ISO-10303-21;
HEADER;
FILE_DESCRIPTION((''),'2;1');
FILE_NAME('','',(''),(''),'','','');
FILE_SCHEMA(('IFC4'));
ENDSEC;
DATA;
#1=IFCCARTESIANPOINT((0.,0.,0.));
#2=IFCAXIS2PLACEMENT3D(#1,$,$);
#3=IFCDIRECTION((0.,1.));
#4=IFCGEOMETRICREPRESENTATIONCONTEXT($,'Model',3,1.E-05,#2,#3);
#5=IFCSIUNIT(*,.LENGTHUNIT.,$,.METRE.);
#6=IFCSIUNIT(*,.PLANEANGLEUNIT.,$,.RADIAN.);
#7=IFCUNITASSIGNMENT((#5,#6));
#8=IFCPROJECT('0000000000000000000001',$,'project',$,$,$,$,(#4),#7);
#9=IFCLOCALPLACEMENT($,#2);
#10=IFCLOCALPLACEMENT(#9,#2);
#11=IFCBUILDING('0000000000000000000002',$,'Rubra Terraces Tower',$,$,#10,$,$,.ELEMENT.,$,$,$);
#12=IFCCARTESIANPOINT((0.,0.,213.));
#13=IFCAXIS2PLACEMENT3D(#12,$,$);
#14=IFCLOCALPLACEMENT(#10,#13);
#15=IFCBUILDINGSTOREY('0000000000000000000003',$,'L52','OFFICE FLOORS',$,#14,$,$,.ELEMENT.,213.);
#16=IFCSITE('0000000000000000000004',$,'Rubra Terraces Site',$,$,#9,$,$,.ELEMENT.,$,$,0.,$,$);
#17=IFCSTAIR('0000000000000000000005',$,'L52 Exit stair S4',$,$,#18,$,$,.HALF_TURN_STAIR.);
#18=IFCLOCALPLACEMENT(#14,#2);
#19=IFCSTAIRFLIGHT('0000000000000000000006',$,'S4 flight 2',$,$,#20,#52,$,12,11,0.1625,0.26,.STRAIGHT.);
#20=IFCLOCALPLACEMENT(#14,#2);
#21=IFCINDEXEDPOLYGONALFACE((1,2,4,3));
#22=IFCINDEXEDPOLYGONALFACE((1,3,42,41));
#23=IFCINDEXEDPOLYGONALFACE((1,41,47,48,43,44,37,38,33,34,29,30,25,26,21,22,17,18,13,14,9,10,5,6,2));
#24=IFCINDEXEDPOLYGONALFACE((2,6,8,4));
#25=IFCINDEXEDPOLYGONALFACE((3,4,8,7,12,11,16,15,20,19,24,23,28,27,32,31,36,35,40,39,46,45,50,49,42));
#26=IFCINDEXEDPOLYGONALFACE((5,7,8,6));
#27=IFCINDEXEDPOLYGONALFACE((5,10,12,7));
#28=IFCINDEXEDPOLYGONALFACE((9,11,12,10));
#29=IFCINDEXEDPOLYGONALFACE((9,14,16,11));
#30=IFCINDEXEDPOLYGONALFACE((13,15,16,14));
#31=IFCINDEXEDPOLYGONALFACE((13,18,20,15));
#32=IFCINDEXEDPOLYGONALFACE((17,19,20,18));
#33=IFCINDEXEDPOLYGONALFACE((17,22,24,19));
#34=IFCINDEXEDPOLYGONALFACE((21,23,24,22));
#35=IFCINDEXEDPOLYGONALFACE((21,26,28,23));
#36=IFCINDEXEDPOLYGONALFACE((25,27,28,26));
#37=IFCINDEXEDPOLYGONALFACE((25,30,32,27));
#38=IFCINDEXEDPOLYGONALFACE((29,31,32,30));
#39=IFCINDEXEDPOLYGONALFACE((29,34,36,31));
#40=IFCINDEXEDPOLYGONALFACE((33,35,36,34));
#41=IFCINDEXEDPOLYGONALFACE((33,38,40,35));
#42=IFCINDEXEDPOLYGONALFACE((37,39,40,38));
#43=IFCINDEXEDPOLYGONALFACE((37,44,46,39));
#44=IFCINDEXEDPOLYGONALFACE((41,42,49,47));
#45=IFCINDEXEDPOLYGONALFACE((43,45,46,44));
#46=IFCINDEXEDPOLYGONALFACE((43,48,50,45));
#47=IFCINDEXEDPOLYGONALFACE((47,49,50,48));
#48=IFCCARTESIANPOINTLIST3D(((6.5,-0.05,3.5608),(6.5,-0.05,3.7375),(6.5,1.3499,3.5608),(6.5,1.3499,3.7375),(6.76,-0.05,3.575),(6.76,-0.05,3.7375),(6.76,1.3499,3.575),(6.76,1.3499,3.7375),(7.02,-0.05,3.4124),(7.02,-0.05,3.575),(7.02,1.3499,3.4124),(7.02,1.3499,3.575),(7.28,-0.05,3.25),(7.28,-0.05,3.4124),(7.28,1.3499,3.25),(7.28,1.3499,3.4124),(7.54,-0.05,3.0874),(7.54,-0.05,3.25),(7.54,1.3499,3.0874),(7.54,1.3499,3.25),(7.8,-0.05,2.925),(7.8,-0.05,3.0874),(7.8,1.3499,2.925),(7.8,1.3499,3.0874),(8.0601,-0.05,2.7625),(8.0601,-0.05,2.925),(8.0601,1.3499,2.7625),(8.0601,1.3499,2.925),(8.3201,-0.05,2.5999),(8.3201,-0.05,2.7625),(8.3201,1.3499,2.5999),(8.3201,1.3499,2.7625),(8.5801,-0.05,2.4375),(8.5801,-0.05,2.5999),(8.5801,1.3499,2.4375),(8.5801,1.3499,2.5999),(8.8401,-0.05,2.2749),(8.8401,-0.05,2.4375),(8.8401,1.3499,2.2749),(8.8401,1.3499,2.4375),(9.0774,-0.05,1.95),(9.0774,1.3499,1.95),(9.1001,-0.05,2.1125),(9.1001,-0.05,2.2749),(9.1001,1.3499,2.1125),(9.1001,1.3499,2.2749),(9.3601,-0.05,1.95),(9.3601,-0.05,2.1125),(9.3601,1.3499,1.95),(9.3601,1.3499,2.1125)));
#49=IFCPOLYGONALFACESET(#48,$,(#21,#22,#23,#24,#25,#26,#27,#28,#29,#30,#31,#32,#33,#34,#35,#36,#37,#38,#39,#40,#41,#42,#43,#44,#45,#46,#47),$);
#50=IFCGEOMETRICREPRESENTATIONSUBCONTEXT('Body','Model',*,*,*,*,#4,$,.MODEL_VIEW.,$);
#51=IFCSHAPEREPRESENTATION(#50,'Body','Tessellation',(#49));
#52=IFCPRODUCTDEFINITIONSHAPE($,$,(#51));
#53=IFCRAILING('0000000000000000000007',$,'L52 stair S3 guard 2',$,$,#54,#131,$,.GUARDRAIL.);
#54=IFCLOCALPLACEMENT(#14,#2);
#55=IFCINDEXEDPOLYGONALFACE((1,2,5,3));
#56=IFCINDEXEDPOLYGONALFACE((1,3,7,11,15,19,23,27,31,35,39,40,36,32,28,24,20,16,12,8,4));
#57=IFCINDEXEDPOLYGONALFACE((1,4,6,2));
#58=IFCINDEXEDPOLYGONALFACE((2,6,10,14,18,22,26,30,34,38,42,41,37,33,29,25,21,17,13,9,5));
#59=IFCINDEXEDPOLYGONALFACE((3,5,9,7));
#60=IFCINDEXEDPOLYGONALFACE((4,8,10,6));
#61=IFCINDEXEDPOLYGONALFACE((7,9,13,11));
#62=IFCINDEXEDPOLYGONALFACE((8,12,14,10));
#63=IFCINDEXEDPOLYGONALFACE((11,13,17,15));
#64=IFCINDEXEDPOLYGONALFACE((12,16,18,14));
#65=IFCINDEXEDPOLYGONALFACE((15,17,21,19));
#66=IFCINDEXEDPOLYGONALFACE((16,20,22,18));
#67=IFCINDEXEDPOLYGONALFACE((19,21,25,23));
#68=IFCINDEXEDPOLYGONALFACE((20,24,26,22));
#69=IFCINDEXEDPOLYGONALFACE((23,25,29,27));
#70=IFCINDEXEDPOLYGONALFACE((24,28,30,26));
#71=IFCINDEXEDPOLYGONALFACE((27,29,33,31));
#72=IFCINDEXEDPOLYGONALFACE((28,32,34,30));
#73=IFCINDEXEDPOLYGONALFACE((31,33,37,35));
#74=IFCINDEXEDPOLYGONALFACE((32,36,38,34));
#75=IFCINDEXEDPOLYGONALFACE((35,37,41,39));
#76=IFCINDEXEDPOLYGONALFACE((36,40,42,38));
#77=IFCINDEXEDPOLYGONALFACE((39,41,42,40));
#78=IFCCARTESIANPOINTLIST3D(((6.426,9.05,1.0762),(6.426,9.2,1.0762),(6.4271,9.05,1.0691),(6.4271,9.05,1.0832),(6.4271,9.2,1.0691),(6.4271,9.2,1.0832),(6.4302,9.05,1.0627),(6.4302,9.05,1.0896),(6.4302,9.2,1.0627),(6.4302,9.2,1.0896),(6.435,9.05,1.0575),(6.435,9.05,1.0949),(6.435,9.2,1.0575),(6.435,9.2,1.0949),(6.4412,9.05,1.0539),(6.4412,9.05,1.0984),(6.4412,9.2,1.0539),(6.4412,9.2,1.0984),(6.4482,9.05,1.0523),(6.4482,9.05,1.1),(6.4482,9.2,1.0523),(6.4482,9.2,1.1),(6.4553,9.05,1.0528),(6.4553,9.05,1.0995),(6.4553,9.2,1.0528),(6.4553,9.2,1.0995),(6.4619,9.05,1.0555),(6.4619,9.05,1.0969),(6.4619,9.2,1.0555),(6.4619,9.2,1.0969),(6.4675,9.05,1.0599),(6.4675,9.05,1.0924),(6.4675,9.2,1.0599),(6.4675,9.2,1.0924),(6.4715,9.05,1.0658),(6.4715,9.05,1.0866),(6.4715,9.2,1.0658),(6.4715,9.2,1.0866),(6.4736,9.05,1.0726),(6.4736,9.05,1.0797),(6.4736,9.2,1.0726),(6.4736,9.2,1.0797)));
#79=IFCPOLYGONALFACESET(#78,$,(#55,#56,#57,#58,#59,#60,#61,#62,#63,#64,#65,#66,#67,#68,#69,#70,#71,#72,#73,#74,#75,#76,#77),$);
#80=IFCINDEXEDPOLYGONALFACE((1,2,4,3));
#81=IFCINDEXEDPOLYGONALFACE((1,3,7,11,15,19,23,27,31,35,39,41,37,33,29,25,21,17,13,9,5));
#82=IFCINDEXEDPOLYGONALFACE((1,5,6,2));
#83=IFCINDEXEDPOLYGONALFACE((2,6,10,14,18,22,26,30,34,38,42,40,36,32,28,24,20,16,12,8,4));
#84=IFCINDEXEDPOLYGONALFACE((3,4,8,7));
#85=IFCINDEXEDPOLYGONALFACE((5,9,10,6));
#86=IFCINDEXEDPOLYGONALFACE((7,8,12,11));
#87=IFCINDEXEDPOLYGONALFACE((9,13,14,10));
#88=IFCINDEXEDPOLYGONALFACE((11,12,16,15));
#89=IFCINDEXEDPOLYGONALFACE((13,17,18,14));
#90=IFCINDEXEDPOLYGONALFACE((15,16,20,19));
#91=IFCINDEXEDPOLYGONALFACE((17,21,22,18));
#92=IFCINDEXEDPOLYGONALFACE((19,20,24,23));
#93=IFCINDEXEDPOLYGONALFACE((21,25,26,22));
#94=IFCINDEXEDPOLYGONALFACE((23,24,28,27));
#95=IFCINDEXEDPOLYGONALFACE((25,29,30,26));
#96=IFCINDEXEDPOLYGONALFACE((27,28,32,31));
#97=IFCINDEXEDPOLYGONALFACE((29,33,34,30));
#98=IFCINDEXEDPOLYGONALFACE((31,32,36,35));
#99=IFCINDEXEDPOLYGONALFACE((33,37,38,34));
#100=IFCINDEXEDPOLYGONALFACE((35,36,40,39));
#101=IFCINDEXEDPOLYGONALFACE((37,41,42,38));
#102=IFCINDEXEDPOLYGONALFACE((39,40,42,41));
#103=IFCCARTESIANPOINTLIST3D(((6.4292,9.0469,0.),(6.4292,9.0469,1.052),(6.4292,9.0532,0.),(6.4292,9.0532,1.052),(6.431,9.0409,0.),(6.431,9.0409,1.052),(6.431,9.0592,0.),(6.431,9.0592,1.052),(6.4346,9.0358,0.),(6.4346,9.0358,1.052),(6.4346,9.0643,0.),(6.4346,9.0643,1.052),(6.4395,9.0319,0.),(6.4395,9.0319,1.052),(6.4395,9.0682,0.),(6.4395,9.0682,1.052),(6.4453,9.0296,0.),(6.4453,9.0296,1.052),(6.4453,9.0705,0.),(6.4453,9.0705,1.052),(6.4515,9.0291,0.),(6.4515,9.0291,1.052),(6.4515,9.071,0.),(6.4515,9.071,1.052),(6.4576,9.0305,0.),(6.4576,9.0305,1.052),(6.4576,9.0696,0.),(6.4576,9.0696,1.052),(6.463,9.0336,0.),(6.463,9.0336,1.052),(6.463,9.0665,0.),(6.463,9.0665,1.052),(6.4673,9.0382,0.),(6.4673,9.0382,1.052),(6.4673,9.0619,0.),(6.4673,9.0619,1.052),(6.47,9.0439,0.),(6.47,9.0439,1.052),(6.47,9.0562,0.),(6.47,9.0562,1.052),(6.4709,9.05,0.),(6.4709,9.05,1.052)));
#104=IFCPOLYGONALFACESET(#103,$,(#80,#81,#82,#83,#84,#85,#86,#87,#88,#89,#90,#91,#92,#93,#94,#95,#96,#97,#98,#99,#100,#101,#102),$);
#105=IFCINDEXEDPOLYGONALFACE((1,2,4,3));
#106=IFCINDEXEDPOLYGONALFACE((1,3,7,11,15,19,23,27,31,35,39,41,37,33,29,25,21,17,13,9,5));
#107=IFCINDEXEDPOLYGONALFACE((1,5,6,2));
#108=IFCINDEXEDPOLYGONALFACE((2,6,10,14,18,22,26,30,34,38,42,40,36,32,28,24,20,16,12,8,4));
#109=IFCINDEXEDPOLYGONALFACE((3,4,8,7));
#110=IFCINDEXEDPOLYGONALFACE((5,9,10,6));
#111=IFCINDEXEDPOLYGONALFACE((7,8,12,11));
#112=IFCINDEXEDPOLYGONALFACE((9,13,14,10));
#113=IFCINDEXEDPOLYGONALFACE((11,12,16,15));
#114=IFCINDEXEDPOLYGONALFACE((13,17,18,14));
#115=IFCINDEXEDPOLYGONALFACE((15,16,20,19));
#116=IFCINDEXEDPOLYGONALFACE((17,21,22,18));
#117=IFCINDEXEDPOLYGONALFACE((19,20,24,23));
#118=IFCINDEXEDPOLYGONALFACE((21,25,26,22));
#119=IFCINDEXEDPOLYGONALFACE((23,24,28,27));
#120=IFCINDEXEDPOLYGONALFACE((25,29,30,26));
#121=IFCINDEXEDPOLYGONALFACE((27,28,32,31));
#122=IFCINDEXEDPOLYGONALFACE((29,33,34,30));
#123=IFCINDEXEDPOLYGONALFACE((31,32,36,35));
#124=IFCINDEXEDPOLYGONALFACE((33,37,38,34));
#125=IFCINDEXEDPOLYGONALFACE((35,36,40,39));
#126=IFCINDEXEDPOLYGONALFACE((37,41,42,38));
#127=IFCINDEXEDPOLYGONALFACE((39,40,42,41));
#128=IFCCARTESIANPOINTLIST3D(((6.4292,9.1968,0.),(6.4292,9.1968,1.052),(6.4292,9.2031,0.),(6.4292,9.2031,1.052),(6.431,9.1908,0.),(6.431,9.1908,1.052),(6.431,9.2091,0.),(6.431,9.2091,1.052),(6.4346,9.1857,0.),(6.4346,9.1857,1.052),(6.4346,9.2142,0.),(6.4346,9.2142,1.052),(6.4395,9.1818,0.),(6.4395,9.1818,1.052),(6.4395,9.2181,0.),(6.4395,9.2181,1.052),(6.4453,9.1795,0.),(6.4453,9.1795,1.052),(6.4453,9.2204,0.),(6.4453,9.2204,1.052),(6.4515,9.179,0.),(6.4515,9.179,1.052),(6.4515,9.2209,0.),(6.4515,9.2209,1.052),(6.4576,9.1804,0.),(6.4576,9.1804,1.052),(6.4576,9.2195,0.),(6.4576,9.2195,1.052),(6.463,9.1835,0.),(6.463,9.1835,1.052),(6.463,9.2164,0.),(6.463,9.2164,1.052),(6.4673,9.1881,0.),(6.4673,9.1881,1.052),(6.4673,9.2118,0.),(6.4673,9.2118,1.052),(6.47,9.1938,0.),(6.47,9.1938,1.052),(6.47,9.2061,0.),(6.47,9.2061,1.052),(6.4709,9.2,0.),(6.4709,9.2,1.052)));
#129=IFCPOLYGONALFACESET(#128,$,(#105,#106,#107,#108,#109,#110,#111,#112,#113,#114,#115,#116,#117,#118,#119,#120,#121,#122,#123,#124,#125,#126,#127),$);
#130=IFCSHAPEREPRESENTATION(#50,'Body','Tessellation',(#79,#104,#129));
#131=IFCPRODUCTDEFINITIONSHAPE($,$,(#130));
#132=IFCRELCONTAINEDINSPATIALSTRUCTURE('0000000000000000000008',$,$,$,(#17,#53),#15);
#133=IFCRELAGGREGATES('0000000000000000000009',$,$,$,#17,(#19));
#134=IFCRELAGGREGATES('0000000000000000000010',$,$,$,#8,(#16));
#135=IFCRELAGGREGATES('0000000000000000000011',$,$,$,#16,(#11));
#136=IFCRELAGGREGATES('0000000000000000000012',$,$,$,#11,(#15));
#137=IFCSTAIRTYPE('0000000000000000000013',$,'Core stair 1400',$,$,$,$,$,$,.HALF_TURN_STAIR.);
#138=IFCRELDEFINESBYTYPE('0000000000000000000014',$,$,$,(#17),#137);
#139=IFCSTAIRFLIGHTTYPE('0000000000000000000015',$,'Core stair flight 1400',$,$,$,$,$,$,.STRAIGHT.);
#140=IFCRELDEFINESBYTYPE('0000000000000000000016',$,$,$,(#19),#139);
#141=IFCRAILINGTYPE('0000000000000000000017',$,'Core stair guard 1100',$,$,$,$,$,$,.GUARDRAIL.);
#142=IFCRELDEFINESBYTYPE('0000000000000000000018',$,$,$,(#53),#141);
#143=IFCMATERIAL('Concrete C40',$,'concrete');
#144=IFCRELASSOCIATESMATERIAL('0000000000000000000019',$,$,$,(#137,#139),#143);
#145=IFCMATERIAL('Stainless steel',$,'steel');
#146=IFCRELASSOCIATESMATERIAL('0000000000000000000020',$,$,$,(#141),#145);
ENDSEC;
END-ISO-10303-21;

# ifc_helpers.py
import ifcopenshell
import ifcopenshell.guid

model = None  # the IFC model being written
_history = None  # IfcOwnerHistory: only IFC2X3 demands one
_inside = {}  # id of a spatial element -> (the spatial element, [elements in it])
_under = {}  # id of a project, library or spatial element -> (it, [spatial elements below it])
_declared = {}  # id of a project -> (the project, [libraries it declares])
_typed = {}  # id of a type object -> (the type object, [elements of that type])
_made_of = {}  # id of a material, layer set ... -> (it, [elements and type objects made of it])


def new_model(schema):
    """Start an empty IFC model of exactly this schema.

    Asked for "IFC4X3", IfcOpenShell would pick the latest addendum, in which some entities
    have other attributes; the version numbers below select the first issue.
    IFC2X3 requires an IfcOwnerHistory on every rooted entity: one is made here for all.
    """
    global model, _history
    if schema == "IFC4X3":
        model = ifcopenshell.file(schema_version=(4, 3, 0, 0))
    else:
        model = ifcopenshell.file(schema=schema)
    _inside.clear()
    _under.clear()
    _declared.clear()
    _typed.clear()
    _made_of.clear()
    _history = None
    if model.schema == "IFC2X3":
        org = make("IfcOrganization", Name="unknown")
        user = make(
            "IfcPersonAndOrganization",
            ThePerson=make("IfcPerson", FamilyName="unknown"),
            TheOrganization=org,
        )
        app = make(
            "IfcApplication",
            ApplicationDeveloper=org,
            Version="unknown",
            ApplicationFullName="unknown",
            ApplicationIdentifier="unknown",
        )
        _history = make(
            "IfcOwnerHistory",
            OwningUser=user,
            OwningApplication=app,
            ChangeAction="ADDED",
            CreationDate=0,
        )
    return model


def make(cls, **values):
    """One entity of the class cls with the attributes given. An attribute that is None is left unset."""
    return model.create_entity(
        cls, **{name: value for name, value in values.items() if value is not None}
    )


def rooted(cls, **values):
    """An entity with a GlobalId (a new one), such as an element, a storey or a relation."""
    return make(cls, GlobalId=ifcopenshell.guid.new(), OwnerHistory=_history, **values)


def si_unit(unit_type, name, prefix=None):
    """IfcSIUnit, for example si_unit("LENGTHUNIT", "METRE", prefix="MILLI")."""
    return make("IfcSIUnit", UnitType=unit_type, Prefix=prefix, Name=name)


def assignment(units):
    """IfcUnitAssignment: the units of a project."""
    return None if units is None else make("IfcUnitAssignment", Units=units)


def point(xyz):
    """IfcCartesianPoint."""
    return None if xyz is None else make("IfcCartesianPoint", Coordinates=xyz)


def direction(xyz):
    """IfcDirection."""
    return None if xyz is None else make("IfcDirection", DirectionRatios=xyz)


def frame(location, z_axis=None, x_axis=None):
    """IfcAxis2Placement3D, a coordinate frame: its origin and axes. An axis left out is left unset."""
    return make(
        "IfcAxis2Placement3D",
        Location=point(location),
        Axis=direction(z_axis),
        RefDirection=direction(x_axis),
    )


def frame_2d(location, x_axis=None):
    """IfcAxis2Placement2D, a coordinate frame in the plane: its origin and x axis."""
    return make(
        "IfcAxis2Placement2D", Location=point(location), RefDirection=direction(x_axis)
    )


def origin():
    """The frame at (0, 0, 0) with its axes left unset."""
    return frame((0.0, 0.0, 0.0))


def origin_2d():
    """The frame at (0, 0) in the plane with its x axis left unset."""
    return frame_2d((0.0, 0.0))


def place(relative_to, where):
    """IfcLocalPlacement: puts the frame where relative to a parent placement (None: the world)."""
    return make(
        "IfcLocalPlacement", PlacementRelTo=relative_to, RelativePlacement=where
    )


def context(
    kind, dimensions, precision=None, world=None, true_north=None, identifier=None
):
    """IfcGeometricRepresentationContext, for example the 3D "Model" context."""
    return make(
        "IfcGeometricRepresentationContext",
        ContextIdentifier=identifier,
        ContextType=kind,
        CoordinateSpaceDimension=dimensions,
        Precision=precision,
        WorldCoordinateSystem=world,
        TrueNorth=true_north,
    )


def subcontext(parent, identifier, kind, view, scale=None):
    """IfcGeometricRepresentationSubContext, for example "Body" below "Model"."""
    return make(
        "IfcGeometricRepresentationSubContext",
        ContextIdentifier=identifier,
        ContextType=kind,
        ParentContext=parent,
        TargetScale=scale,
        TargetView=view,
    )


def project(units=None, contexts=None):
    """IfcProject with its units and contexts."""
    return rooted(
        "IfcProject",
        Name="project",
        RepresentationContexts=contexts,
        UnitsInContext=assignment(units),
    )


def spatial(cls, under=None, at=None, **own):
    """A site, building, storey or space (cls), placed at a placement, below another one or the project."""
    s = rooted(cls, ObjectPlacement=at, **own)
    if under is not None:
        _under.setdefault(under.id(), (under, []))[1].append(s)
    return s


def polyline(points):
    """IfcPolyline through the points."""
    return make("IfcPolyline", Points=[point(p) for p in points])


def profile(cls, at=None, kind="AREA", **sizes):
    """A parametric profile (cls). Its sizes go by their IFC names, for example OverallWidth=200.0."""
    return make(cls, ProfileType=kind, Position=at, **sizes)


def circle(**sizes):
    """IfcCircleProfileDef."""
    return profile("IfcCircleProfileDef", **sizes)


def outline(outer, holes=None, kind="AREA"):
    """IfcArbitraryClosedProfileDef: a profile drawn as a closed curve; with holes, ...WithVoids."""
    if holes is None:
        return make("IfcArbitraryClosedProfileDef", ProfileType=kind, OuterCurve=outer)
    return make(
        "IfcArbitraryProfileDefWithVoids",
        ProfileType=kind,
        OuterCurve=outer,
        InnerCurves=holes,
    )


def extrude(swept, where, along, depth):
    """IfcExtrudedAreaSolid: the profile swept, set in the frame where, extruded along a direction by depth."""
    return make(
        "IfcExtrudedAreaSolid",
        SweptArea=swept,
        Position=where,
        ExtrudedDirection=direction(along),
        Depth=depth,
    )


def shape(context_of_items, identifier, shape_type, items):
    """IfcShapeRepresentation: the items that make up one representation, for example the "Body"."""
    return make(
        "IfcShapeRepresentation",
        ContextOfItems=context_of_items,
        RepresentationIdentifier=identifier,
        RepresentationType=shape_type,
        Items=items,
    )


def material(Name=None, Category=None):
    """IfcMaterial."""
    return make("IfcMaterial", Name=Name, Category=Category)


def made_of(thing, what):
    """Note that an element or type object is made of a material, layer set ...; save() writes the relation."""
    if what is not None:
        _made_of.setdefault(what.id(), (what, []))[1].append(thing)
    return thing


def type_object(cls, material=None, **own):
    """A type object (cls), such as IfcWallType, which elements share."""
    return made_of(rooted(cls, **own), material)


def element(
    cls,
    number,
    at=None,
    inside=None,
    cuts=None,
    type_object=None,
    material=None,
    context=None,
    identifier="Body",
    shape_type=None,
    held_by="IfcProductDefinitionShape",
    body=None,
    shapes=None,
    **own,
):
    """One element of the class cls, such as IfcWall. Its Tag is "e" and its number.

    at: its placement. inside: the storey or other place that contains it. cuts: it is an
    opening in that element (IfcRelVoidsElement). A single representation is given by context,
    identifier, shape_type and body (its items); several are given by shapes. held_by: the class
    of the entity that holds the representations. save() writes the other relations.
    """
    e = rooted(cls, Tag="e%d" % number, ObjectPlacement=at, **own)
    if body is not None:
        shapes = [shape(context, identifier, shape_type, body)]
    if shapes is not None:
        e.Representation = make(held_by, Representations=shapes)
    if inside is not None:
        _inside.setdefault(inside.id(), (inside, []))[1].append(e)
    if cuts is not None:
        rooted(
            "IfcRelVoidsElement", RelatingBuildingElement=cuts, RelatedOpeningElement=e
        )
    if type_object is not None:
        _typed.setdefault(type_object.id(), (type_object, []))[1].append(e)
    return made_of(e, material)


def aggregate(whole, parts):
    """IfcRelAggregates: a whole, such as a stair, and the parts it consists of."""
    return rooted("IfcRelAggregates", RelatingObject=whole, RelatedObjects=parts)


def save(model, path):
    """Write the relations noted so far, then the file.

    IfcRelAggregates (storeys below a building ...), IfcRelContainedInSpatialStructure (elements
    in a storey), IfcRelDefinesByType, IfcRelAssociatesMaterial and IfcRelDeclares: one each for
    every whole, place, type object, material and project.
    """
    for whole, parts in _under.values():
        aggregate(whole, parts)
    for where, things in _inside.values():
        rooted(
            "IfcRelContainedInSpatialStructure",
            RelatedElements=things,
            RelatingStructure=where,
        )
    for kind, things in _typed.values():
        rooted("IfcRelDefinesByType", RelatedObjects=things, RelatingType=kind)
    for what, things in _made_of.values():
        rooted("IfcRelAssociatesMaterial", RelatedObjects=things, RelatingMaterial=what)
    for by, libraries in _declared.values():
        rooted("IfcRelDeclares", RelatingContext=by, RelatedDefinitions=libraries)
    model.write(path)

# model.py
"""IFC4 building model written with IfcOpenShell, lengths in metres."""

from ifc_helpers import new_model, si_unit, direction, frame, origin, origin_2d, place, context, subcontext, project, spatial, polyline, circle, outline, extrude, material, type_object, element, aggregate, save


model = new_model("IFC4")

# Units and contexts
model_context = context("Model", 3, precision=1e-05, world=origin(), true_north=direction((0.0, 1.0)))
body_context = subcontext(model_context, "Body", "Model", "MODEL_VIEW")
ifc_project = project(units=[si_unit("LENGTHUNIT", "METRE"), si_unit("PLANEANGLEUNIT", "RADIAN")], contexts=[model_context])

# Site, building, storey
site_placement = place(None, origin())
site = spatial("IfcSite", under=ifc_project, at=site_placement, Name="Rubra Terraces Site", CompositionType="ELEMENT", RefElevation=0.0)
building_placement = place(site_placement, origin())
building = spatial("IfcBuilding", under=site, at=building_placement, Name="Rubra Terraces Tower", CompositionType="ELEMENT")
storey_placement = place(building_placement, frame((0.0, 0.0, 213.0)))
storey = spatial("IfcBuildingStorey", under=building, at=storey_placement, Name="L52", Description="OFFICE FLOORS", CompositionType="ELEMENT", Elevation=213.0)

# Shared definitions
ifc_material_1 = material(Name="Concrete C40", Category="concrete")

# Shared definitions
ifc_material_2 = material(Name="Stainless steel", Category="steel")

# Shared definitions
stair_type = type_object("IfcStairType", Name="Core stair 1400", PredefinedType="HALF_TURN_STAIR", material=ifc_material_1)
stair_flight_type = type_object("IfcStairFlightType", Name="Core stair flight 1400", PredefinedType="STRAIGHT", material=ifc_material_1)

# Stair, stair flight
stair_1_placement = place(storey_placement, origin())
stair_1 = element("IfcStair", 1, at=stair_1_placement, inside=storey, type_object=stair_type, Name="L52 Exit stair S4", PredefinedType="HALF_TURN_STAIR")
stair_flight_1_placement = place(storey_placement, frame((9.3601, 0.6499, 1.95), z_axis=(0.0, 0.0, 1.0), x_axis=(-1.0, 0.0, 0.0)))
stair_flight_1 = element("IfcStairFlight", 2, at=stair_flight_1_placement, type_object=stair_flight_type, Name="S4 flight 2", NumberOfRisers=12, NumberOfTreads=11, PredefinedType="STRAIGHT", RiserHeight=0.1625, TreadLength=0.26, context=body_context, shape_type="SweptSolid", body=[
    extrude(outline(polyline([(0.0, 0.0), (0.0, 0.1626), (0.26, 0.1626), (0.26, 0.325), (0.52, 0.325), (0.52, 0.4875), (0.78, 0.4875), (0.78, 0.6499), (1.04, 0.6499), (1.04, 0.8125), (1.3, 0.8125), (1.3, 0.9751), (1.5601, 0.9751), (1.5601, 1.1375), (1.8201, 1.1375), (1.8201, 1.3), (2.0801, 1.3), (2.0801, 1.4624), (2.3401, 1.4624), (2.3401, 1.625), (2.6001, 1.625), (2.6001, 1.7876), (2.8601, 1.7876), (2.8601, 1.95), (2.8601, 1.6108), (0.2827, 0.0), (0.0, 0.0)])), frame((0.0, 0.7, 0.0), z_axis=(0.0, -1.0, 0.0), x_axis=(1.0, 0.0, 0.0)), (0.0, 0.0, 1.0), 1.3999),
])
aggregate(stair_1, [stair_flight_1])

# Railing
railing_type_1 = type_object("IfcRailingType", Name="Core stair guard 1100", PredefinedType="GUARDRAIL", material=ifc_material_2)
railing_1_placement = place(storey_placement, frame((6.45, 9.05, 0.0)))
element("IfcRailing", 3, at=railing_1_placement, inside=storey, type_object=railing_type_1, Name="L52 stair S3 guard 2", PredefinedType="GUARDRAIL", context=body_context, shape_type="SweptSolid", body=[
    extrude(circle(Radius=0.0239, at=origin_2d()), frame((0.0, 0.0, 1.0762), z_axis=(0.0, 1.0, 0.0), x_axis=(-1.0, 0.0, 0.0)), (0.0, 0.0, 1.0), 0.1499),
    extrude(circle(Radius=0.021, at=origin_2d()), origin(), (0.0, 0.0, 1.0), 1.052),
    extrude(circle(Radius=0.021, at=origin_2d()), frame((0.0, 0.1499, 0.0)), (0.0, 0.0, 1.0), 1.052),
])

save(model, "model.ifc")
